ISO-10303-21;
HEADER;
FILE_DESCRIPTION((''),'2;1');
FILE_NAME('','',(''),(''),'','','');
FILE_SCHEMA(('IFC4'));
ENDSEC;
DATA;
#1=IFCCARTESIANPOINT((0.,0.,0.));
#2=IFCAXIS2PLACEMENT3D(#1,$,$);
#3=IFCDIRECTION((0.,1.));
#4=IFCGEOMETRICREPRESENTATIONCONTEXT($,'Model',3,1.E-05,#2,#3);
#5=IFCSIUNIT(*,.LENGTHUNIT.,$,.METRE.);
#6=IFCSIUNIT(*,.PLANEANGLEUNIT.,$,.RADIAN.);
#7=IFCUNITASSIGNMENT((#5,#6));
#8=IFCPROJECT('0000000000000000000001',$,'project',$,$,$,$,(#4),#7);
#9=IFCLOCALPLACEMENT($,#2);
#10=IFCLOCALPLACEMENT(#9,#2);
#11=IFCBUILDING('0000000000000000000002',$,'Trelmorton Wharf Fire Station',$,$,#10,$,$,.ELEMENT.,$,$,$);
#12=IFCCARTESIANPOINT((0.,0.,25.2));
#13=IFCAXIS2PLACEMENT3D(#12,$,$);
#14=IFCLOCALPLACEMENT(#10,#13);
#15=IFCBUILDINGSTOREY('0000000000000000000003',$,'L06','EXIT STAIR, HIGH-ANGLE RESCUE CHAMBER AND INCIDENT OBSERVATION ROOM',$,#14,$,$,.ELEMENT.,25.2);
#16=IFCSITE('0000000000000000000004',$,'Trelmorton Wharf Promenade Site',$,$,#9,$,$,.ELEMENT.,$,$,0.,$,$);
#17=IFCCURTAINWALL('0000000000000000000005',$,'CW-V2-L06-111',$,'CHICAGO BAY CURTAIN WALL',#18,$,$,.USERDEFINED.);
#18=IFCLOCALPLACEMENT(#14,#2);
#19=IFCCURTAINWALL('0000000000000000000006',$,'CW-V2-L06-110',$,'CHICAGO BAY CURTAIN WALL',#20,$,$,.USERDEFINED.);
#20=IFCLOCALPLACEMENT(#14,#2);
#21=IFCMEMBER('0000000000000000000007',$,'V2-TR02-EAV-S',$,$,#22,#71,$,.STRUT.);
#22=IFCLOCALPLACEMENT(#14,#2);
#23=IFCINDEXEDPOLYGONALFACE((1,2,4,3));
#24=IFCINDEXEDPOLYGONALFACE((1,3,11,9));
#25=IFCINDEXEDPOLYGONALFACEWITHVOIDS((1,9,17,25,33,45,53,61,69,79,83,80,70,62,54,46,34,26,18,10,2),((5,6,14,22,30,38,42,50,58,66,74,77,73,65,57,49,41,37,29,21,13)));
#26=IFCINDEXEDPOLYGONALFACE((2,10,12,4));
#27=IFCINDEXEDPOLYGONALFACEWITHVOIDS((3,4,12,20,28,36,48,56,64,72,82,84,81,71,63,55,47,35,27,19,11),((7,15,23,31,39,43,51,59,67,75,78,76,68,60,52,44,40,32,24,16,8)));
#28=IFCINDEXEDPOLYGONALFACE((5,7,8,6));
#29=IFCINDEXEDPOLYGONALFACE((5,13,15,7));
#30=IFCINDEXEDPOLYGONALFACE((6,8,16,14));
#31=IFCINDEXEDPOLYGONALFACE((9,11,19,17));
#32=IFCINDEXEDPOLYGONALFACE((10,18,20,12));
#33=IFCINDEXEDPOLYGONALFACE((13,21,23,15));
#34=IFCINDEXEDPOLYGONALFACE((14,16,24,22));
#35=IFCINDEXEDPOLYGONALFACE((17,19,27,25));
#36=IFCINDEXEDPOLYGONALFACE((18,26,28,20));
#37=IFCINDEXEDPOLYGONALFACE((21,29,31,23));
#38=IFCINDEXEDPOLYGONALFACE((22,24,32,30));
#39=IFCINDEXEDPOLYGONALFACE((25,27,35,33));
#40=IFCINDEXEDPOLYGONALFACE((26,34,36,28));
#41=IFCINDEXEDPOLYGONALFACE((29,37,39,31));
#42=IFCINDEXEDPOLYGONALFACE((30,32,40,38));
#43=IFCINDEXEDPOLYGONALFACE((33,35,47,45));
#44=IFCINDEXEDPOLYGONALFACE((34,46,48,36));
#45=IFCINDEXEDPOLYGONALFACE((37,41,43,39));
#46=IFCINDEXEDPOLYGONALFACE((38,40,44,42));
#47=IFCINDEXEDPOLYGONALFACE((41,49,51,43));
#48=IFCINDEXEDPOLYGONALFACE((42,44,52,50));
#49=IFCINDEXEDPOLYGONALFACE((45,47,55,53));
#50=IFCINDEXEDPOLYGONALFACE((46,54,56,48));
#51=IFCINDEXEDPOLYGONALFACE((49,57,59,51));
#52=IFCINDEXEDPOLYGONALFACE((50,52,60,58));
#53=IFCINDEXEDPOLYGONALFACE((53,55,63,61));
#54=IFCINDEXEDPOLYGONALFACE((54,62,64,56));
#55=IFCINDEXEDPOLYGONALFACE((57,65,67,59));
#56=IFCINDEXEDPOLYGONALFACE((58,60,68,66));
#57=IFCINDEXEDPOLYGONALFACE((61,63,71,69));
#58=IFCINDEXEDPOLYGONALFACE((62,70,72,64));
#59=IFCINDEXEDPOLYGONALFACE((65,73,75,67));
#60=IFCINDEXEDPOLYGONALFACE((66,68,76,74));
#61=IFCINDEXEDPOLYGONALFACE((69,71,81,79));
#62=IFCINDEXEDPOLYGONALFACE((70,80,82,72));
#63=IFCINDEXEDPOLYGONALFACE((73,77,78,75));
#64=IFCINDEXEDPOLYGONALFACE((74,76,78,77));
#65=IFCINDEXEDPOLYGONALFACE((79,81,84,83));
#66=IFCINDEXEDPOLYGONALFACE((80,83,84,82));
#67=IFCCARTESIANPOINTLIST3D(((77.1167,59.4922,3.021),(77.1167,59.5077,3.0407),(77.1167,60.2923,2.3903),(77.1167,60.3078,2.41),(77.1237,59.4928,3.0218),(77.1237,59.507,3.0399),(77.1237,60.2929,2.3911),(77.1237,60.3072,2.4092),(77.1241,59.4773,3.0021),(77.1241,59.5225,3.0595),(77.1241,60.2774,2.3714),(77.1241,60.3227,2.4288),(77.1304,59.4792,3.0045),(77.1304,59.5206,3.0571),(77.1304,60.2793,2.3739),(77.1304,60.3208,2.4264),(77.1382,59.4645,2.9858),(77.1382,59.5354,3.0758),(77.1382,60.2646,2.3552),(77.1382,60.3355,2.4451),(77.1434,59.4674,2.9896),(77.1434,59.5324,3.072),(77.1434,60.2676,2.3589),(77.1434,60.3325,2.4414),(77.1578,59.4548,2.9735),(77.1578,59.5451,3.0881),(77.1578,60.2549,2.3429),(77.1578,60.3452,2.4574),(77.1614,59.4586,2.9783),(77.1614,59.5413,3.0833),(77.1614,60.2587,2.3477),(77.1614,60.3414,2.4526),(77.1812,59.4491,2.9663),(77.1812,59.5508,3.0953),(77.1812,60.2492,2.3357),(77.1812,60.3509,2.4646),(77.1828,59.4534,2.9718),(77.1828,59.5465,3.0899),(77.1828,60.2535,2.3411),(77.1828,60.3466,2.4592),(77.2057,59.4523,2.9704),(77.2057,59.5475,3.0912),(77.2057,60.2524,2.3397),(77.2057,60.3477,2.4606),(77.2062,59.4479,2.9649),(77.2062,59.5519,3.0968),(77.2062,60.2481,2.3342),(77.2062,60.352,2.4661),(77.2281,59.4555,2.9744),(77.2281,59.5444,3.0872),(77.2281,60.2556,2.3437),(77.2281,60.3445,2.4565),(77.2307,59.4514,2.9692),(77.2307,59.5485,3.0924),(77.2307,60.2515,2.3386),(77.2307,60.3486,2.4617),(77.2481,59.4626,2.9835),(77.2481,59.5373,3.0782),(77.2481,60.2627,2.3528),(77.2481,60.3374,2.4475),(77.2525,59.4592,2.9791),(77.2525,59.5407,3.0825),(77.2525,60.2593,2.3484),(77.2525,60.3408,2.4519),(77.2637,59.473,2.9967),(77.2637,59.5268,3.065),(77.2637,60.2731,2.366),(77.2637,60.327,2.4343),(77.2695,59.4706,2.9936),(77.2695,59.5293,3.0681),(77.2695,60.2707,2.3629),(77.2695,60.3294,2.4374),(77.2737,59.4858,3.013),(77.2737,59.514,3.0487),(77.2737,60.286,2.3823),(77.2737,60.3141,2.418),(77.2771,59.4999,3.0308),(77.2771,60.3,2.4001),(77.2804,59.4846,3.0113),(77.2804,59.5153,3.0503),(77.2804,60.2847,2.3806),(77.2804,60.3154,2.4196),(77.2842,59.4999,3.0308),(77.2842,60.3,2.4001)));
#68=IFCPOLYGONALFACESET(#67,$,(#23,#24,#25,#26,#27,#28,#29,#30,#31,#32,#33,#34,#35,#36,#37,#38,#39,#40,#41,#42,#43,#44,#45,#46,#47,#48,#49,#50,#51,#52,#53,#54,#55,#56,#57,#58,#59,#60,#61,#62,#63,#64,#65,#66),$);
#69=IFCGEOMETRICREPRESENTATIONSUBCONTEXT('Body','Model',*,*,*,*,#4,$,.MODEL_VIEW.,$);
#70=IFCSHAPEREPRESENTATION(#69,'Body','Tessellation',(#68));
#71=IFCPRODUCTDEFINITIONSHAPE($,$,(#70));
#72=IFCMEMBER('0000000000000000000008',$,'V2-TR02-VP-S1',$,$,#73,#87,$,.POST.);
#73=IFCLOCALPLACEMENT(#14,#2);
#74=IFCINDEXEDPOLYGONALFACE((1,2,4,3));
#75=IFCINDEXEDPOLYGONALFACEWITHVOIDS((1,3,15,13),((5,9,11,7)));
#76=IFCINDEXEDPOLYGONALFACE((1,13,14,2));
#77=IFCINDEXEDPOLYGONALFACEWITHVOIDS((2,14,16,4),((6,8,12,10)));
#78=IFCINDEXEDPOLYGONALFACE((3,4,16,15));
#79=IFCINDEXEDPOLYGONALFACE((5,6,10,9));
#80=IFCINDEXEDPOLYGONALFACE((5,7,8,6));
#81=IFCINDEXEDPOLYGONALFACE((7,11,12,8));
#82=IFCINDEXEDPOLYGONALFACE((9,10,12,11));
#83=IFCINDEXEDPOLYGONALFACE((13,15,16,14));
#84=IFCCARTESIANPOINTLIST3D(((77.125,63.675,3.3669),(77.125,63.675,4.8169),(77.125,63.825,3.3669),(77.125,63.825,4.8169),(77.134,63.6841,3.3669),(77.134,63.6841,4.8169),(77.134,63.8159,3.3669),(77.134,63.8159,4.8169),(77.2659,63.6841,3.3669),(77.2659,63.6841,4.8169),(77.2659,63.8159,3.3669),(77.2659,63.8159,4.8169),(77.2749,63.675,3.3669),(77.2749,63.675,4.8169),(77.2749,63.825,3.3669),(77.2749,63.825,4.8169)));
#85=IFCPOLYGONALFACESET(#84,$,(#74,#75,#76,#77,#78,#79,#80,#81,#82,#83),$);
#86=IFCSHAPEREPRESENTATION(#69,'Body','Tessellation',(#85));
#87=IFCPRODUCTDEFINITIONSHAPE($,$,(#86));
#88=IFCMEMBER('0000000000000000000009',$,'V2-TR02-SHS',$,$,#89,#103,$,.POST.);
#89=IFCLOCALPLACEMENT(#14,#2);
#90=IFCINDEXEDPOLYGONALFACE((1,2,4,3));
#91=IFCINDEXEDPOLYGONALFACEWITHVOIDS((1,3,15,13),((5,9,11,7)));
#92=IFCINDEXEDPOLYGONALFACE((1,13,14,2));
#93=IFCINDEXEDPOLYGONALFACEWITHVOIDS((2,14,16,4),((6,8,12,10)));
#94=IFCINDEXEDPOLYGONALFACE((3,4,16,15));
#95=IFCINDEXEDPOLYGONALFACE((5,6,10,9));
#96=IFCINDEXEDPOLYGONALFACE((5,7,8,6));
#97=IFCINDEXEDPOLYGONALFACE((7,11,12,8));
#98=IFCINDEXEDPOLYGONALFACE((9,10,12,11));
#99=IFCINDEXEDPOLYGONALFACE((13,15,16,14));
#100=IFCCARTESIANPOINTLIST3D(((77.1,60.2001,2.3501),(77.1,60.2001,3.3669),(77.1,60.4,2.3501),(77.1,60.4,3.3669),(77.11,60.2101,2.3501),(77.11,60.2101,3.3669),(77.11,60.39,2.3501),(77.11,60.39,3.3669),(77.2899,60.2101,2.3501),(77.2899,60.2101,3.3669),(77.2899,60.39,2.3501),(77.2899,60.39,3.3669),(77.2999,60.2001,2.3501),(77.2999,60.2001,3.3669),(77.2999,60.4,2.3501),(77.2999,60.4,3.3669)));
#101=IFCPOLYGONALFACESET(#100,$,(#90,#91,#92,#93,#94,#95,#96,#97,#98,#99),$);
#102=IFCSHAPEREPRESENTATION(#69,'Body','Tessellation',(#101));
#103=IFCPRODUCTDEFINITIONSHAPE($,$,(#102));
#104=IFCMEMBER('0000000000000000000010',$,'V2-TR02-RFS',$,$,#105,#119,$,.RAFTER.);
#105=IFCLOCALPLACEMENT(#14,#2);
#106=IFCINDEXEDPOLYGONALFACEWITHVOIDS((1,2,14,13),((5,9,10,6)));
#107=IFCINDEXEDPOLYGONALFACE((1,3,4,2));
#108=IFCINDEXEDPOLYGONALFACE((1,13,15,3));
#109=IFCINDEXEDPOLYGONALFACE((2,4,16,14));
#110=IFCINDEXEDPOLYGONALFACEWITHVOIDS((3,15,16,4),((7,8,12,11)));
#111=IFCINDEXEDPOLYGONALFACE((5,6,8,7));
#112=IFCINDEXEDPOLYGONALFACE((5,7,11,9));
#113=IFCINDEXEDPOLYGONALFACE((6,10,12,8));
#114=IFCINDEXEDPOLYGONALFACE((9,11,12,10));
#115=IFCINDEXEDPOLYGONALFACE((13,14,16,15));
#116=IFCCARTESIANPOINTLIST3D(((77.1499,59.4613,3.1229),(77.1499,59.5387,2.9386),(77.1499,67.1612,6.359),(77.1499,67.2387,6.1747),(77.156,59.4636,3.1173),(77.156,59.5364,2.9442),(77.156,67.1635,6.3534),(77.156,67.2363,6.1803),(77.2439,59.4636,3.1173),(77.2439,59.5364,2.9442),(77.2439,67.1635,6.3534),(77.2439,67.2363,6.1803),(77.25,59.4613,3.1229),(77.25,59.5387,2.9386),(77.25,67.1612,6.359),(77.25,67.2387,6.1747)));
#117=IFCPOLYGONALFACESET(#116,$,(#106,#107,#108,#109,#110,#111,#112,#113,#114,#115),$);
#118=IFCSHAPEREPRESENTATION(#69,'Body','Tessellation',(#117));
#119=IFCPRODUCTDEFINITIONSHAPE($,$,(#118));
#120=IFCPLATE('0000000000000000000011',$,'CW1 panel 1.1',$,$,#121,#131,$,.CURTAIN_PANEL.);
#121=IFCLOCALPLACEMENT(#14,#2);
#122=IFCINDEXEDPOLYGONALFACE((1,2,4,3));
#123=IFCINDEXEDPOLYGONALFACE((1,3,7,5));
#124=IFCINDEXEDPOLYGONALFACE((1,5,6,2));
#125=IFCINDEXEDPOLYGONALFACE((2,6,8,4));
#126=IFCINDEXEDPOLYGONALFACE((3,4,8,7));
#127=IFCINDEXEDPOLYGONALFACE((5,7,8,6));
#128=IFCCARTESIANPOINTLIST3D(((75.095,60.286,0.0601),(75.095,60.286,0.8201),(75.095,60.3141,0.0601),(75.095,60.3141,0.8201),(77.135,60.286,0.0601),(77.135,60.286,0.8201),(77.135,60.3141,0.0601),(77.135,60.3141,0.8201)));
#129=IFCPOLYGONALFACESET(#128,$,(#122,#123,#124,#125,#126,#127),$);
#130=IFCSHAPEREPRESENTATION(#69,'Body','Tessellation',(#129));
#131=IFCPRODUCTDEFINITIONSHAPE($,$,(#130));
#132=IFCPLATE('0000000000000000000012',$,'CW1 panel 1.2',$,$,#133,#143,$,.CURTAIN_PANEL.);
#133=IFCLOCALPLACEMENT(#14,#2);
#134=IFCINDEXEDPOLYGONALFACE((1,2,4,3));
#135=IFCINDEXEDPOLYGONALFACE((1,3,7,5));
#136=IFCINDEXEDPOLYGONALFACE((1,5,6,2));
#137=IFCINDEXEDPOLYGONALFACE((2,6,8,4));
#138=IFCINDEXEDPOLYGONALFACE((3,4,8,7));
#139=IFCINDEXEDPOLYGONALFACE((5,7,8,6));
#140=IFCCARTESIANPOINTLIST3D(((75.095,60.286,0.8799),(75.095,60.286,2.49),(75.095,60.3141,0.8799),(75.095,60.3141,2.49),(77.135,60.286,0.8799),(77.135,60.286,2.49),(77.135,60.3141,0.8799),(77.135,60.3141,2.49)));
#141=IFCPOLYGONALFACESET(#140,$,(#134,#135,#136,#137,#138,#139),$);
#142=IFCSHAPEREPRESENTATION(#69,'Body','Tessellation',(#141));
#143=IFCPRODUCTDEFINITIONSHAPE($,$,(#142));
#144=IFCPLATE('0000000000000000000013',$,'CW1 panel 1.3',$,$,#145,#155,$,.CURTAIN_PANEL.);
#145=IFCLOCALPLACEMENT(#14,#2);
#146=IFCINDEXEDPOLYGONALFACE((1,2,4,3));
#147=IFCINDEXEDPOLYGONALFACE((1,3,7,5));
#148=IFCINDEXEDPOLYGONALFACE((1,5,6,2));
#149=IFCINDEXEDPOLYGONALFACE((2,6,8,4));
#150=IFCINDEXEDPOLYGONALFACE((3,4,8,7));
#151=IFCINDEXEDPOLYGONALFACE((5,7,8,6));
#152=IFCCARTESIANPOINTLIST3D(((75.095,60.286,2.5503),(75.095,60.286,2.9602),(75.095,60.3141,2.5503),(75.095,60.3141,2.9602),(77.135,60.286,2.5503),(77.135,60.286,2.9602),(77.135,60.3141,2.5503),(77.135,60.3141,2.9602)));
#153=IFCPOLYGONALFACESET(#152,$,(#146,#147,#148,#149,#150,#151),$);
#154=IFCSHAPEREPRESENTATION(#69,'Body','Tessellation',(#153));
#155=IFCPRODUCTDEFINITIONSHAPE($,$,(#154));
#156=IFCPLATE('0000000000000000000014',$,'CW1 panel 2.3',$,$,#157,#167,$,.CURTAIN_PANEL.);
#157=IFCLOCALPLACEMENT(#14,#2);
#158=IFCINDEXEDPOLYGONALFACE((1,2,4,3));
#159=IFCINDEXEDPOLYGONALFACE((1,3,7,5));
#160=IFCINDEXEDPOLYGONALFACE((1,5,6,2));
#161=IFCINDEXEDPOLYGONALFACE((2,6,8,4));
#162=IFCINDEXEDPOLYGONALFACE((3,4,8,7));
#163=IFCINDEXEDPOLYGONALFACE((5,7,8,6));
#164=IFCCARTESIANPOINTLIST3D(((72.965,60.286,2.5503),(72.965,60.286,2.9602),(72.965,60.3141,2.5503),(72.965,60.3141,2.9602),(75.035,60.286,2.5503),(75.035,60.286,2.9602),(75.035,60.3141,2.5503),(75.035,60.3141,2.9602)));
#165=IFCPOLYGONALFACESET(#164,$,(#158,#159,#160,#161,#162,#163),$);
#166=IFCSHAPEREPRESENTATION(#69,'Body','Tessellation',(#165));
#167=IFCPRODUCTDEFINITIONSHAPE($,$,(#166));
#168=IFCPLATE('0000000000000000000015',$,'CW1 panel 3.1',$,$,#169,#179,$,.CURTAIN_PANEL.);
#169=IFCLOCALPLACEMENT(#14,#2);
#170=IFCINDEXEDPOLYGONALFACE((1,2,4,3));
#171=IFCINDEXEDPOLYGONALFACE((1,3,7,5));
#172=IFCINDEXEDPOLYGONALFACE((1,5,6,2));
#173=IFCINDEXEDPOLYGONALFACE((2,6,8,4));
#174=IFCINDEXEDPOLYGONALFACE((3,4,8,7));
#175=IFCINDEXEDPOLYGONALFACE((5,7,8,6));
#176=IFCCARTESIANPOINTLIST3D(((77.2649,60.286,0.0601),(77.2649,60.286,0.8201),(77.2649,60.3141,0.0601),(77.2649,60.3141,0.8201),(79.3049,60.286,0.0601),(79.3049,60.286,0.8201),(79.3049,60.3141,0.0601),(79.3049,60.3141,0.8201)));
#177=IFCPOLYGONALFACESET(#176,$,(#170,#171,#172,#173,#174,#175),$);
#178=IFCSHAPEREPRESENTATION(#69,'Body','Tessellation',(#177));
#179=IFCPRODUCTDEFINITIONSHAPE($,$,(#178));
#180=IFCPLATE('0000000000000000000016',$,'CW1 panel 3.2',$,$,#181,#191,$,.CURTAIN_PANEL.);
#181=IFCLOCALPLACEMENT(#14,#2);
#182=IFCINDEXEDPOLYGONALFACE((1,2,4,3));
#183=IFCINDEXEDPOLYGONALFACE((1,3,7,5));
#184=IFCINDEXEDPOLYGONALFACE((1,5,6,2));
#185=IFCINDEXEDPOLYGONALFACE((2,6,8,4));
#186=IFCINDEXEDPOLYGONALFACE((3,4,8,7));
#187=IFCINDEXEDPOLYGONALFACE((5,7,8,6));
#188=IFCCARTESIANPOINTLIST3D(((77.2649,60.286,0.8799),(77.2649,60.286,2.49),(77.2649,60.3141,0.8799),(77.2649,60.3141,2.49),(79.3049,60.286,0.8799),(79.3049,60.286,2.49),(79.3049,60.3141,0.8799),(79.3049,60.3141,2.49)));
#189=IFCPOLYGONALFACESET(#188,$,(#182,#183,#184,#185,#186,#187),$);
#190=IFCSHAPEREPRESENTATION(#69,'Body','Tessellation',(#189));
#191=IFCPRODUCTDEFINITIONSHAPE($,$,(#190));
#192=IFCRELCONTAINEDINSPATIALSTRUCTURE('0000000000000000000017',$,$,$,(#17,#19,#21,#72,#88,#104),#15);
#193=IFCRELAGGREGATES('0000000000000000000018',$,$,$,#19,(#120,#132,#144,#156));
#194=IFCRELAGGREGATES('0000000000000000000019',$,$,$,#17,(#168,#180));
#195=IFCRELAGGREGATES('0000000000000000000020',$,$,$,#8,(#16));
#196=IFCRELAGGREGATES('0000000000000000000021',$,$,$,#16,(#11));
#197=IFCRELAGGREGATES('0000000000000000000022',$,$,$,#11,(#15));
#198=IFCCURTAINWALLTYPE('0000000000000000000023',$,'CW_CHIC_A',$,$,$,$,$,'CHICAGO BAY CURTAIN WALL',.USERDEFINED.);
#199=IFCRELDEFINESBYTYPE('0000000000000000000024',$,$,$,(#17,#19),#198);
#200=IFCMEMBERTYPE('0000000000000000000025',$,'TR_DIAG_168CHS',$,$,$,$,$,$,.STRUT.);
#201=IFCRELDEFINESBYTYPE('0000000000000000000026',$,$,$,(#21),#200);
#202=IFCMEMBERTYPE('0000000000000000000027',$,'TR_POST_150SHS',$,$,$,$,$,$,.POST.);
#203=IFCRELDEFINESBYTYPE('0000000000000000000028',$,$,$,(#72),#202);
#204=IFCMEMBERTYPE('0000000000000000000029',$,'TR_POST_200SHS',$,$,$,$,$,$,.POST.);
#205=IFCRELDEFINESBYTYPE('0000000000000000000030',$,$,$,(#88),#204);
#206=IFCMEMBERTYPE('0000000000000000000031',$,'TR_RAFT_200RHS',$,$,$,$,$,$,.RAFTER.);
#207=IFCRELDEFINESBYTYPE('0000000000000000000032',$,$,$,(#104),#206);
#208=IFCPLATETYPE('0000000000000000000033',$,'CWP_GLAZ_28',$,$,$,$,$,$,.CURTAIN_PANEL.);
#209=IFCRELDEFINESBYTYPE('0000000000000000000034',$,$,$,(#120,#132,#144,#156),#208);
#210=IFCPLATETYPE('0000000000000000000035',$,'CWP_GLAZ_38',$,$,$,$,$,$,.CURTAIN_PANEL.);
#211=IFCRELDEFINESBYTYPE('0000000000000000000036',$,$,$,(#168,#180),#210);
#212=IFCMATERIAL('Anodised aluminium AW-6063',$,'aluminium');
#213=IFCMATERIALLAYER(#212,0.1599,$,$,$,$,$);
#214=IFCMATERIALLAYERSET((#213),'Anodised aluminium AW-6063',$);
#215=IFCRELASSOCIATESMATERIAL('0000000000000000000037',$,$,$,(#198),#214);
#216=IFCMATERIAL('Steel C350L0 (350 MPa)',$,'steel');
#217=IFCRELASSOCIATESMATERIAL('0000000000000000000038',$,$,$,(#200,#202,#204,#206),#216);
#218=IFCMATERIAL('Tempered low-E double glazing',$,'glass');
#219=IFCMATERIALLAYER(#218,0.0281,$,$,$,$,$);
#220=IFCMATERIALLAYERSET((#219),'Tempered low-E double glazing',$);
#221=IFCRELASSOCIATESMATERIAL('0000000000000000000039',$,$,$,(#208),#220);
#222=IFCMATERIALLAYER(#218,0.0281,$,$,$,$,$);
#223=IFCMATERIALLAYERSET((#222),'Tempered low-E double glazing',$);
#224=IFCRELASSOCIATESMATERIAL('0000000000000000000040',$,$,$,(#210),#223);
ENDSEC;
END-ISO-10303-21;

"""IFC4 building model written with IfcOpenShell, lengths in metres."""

from ifc_helpers import new_model, si_unit, direction, frame, origin, origin_2d, place, context, subcontext, project, spatial, rectangle, hollow_rectangle, hollow_circle, extrude, material, layer, layer_set, material_profile, profile_set, type_object, element, aggregate, save


model = new_model("IFC4")

# Units and contexts
model_context = context("Model", 3, precision=1e-05, world=origin(), true_north=direction((0.0, 1.0)))
body_context = subcontext(model_context, "Body", "Model", "MODEL_VIEW")
ifc_project = project(units=[si_unit("LENGTHUNIT", "METRE"), si_unit("PLANEANGLEUNIT", "RADIAN")], contexts=[model_context])

# Site, building, storey
site_placement = place(None, origin())
site = spatial("IfcSite", under=ifc_project, at=site_placement, Name="Trelmorton Wharf Promenade Site", CompositionType="ELEMENT", RefElevation=0.0)
building_placement = place(site_placement, origin())
building = spatial("IfcBuilding", under=site, at=building_placement, Name="Trelmorton Wharf Fire Station", CompositionType="ELEMENT")
storey_placement = place(building_placement, frame((0.0, 0.0, 25.2)))
storey = spatial("IfcBuildingStorey", under=building, at=storey_placement, Name="L06", Description="EXIT STAIR, HIGH-ANGLE RESCUE CHAMBER AND INCIDENT OBSERVATION ROOM", CompositionType="ELEMENT", Elevation=25.2)

# Curtain wall
ifc_material_1 = material(Name="Anodised aluminium AW-6063", Category="aluminium")
ifc_layer_1 = layer(ifc_material_1, 0.1599)
ifc_layer_set_1 = layer_set([ifc_layer_1], Name="Anodised aluminium AW-6063")
curtain_wall_type = type_object("IfcCurtainWallType", Name="CW_CHIC_A", ElementType="CHICAGO BAY CURTAIN WALL", PredefinedType="USERDEFINED", material=ifc_layer_set_1)
curtain_wall_1_placement = place(storey_placement, origin())
curtain_wall_1 = element("IfcCurtainWall", 1, at=curtain_wall_1_placement, inside=storey, type_object=curtain_wall_type, Name="CW-V2-L06-111", ObjectType="CHICAGO BAY CURTAIN WALL", PredefinedType="USERDEFINED")

# Curtain wall
curtain_wall_2_placement = place(storey_placement, origin())
curtain_wall_2 = element("IfcCurtainWall", 2, at=curtain_wall_2_placement, inside=storey, type_object=curtain_wall_type, Name="CW-V2-L06-110", ObjectType="CHICAGO BAY CURTAIN WALL", PredefinedType="USERDEFINED")

# Shared definitions
ifc_material_2 = material(Name="Steel C350L0 (350 MPa)", Category="steel")

# Members
ifc_material_profile_1 = material_profile(ifc_material_2, hollow_circle(Radius=0.0842, WallThickness=0.0071, at=origin_2d()), Name="168.3x7.1CHS")
ifc_profile_set_1 = profile_set([ifc_material_profile_1], Name="Steel C350L0 (350 MPa)")
member_type_1 = type_object("IfcMemberType", Name="TR_DIAG_168CHS", PredefinedType="STRUT", material=ifc_profile_set_1)
member_1_placement = place(storey_placement, frame((77.2, 60.3, 2.4001), z_axis=(0.0, -0.785361, 0.619038), x_axis=(1.0, 0.0, 0.0)))
element("IfcMember", 3, at=member_1_placement, inside=storey, type_object=member_type_1, Name="V2-TR02-EAV-S", PredefinedType="STRUT", context=body_context, shape_type="SweptSolid", body=[
    extrude(hollow_circle(Radius=0.0842, WallThickness=0.0071, at=origin_2d()), origin(), (0.0, 0.0, 1.0), 1.0188),
])
ifc_material_profile_2 = material_profile(ifc_material_2, hollow_rectangle(XDim=0.1499, YDim=0.1499, WallThickness=0.009, at=origin_2d()), Name="150x150x9.0SHS")
ifc_profile_set_2 = profile_set([ifc_material_profile_2], Name="Steel C350L0 (350 MPa)")
member_type_2 = type_object("IfcMemberType", Name="TR_POST_150SHS", PredefinedType="POST", material=ifc_profile_set_2)
member_2_placement = place(storey_placement, frame((77.2, 63.75, 3.3669), z_axis=(0.0, 0.0, 1.0), x_axis=(1.0, 0.0, 0.0)))
element("IfcMember", 4, at=member_2_placement, inside=storey, type_object=member_type_2, Name="V2-TR02-VP-S1", PredefinedType="POST", context=body_context, shape_type="SweptSolid", body=[
    extrude(hollow_rectangle(XDim=0.1499, YDim=0.1499, WallThickness=0.009, at=origin_2d()), origin(), (0.0, 0.0, 1.0), 1.45),
])
ifc_material_profile_3 = material_profile(ifc_material_2, hollow_rectangle(XDim=0.2, YDim=0.2, WallThickness=0.01, at=origin_2d()), Name="200x200x10.0SHS")
ifc_profile_set_3 = profile_set([ifc_material_profile_3], Name="Steel C350L0 (350 MPa)")
member_type_3 = type_object("IfcMemberType", Name="TR_POST_200SHS", PredefinedType="POST", material=ifc_profile_set_3)
member_3_placement = place(storey_placement, frame((77.2, 60.3, 2.3501), z_axis=(0.0, 0.0, 1.0), x_axis=(1.0, 0.0, 0.0)))
element("IfcMember", 5, at=member_3_placement, inside=storey, type_object=member_type_3, Name="V2-TR02-SHS", PredefinedType="POST", context=body_context, shape_type="SweptSolid", body=[
    extrude(hollow_rectangle(XDim=0.2, YDim=0.2, WallThickness=0.01, at=origin_2d()), origin(), (0.0, 0.0, 1.0), 1.0168),
])
ifc_material_profile_4 = material_profile(ifc_material_2, hollow_rectangle(XDim=0.1001, YDim=0.2, WallThickness=0.0061, at=origin_2d()), Name="200x100x6.0RHS")
ifc_profile_set_4 = profile_set([ifc_material_profile_4], Name="Steel C350L0 (350 MPa)")
member_type_4 = type_object("IfcMemberType", Name="TR_RAFT_200RHS", PredefinedType="RAFTER", material=ifc_profile_set_4)
member_4_placement = place(storey_placement, frame((77.2, 59.5, 3.0308), z_axis=(0.0, 0.921892, 0.387447), x_axis=(-1.0, 0.0, 0.0)))
element("IfcMember", 6, at=member_4_placement, inside=storey, type_object=member_type_4, Name="V2-TR02-RFS", PredefinedType="RAFTER", context=body_context, shape_type="SweptSolid", body=[
    extrude(hollow_rectangle(XDim=0.1001, YDim=0.2, WallThickness=0.0061, at=origin_2d()), origin(), (0.0, 0.0, 1.0), 8.3523),
])

# Plates
ifc_material_3 = material(Name="Tempered low-E double glazing", Category="glass")
ifc_layer_2 = layer(ifc_material_3, 0.0281)
ifc_layer_set_2 = layer_set([ifc_layer_2], Name="Tempered low-E double glazing")
plate_type_1 = type_object("IfcPlateType", Name="CWP_GLAZ_28", PredefinedType="CURTAIN_PANEL", material=ifc_layer_set_2)
plate_1_placement = place(storey_placement, frame((76.115, 60.3, 0.0601), z_axis=(0.0, 0.0, 1.0), x_axis=(-1.0, 0.0, 0.0)))
plate_1 = element("IfcPlate", 7, at=plate_1_placement, type_object=plate_type_1, Name="CW1 panel 1.1", PredefinedType="CURTAIN_PANEL", context=body_context, shape_type="SweptSolid", body=[
    extrude(rectangle(XDim=2.04, YDim=0.0281, at=origin_2d()), origin(), (0.0, 0.0, 1.0), 0.76),
])
plate_2_placement = place(storey_placement, frame((76.115, 60.3, 0.8799), z_axis=(0.0, 0.0, 1.0), x_axis=(-1.0, 0.0, 0.0)))
plate_2 = element("IfcPlate", 8, at=plate_2_placement, type_object=plate_type_1, Name="CW1 panel 1.2", PredefinedType="CURTAIN_PANEL", context=body_context, shape_type="SweptSolid", body=[
    extrude(rectangle(XDim=2.04, YDim=0.0281, at=origin_2d()), origin(), (0.0, 0.0, 1.0), 1.6101),
])
plate_3_placement = place(storey_placement, frame((76.115, 60.3, 2.5503), z_axis=(0.0, 0.0, 1.0), x_axis=(-1.0, 0.0, 0.0)))
plate_3 = element("IfcPlate", 9, at=plate_3_placement, type_object=plate_type_1, Name="CW1 panel 1.3", PredefinedType="CURTAIN_PANEL", context=body_context, shape_type="SweptSolid", body=[
    extrude(rectangle(XDim=2.04, YDim=0.0281, at=origin_2d()), origin(), (0.0, 0.0, 1.0), 0.4099),
])
plate_4_placement = place(storey_placement, frame((74.0, 60.3, 2.5503), z_axis=(0.0, 0.0, 1.0), x_axis=(-1.0, 0.0, 0.0)))
plate_4 = element("IfcPlate", 10, at=plate_4_placement, type_object=plate_type_1, Name="CW1 panel 2.3", PredefinedType="CURTAIN_PANEL", context=body_context, shape_type="SweptSolid", body=[
    extrude(rectangle(XDim=2.0701, YDim=0.0281, at=origin_2d()), origin(), (0.0, 0.0, 1.0), 0.4099),
])
aggregate(curtain_wall_2, [plate_1, plate_2, plate_3, plate_4])
ifc_layer_3 = layer(ifc_material_3, 0.0281)
ifc_layer_set_3 = layer_set([ifc_layer_3], Name="Tempered low-E double glazing")
plate_type_2 = type_object("IfcPlateType", Name="CWP_GLAZ_38", PredefinedType="CURTAIN_PANEL", material=ifc_layer_set_3)
plate_5_placement = place(storey_placement, frame((78.2849, 60.3, 0.0601), z_axis=(0.0, 0.0, 1.0), x_axis=(-1.0, 0.0, 0.0)))
plate_5 = element("IfcPlate", 11, at=plate_5_placement, type_object=plate_type_2, Name="CW1 panel 3.1", PredefinedType="CURTAIN_PANEL", context=body_context, shape_type="SweptSolid", body=[
    extrude(rectangle(XDim=2.04, YDim=0.0281, at=origin_2d()), origin(), (0.0, 0.0, 1.0), 0.76),
])
plate_6_placement = place(storey_placement, frame((78.2849, 60.3, 0.8799), z_axis=(0.0, 0.0, 1.0), x_axis=(-1.0, 0.0, 0.0)))
plate_6 = element("IfcPlate", 12, at=plate_6_placement, type_object=plate_type_2, Name="CW1 panel 3.2", PredefinedType="CURTAIN_PANEL", context=body_context, shape_type="SweptSolid", body=[
    extrude(rectangle(XDim=2.04, YDim=0.0281, at=origin_2d()), origin(), (0.0, 0.0, 1.0), 1.6101),
])
aggregate(curtain_wall_1, [plate_5, plate_6])

save(model, "model.ifc")
